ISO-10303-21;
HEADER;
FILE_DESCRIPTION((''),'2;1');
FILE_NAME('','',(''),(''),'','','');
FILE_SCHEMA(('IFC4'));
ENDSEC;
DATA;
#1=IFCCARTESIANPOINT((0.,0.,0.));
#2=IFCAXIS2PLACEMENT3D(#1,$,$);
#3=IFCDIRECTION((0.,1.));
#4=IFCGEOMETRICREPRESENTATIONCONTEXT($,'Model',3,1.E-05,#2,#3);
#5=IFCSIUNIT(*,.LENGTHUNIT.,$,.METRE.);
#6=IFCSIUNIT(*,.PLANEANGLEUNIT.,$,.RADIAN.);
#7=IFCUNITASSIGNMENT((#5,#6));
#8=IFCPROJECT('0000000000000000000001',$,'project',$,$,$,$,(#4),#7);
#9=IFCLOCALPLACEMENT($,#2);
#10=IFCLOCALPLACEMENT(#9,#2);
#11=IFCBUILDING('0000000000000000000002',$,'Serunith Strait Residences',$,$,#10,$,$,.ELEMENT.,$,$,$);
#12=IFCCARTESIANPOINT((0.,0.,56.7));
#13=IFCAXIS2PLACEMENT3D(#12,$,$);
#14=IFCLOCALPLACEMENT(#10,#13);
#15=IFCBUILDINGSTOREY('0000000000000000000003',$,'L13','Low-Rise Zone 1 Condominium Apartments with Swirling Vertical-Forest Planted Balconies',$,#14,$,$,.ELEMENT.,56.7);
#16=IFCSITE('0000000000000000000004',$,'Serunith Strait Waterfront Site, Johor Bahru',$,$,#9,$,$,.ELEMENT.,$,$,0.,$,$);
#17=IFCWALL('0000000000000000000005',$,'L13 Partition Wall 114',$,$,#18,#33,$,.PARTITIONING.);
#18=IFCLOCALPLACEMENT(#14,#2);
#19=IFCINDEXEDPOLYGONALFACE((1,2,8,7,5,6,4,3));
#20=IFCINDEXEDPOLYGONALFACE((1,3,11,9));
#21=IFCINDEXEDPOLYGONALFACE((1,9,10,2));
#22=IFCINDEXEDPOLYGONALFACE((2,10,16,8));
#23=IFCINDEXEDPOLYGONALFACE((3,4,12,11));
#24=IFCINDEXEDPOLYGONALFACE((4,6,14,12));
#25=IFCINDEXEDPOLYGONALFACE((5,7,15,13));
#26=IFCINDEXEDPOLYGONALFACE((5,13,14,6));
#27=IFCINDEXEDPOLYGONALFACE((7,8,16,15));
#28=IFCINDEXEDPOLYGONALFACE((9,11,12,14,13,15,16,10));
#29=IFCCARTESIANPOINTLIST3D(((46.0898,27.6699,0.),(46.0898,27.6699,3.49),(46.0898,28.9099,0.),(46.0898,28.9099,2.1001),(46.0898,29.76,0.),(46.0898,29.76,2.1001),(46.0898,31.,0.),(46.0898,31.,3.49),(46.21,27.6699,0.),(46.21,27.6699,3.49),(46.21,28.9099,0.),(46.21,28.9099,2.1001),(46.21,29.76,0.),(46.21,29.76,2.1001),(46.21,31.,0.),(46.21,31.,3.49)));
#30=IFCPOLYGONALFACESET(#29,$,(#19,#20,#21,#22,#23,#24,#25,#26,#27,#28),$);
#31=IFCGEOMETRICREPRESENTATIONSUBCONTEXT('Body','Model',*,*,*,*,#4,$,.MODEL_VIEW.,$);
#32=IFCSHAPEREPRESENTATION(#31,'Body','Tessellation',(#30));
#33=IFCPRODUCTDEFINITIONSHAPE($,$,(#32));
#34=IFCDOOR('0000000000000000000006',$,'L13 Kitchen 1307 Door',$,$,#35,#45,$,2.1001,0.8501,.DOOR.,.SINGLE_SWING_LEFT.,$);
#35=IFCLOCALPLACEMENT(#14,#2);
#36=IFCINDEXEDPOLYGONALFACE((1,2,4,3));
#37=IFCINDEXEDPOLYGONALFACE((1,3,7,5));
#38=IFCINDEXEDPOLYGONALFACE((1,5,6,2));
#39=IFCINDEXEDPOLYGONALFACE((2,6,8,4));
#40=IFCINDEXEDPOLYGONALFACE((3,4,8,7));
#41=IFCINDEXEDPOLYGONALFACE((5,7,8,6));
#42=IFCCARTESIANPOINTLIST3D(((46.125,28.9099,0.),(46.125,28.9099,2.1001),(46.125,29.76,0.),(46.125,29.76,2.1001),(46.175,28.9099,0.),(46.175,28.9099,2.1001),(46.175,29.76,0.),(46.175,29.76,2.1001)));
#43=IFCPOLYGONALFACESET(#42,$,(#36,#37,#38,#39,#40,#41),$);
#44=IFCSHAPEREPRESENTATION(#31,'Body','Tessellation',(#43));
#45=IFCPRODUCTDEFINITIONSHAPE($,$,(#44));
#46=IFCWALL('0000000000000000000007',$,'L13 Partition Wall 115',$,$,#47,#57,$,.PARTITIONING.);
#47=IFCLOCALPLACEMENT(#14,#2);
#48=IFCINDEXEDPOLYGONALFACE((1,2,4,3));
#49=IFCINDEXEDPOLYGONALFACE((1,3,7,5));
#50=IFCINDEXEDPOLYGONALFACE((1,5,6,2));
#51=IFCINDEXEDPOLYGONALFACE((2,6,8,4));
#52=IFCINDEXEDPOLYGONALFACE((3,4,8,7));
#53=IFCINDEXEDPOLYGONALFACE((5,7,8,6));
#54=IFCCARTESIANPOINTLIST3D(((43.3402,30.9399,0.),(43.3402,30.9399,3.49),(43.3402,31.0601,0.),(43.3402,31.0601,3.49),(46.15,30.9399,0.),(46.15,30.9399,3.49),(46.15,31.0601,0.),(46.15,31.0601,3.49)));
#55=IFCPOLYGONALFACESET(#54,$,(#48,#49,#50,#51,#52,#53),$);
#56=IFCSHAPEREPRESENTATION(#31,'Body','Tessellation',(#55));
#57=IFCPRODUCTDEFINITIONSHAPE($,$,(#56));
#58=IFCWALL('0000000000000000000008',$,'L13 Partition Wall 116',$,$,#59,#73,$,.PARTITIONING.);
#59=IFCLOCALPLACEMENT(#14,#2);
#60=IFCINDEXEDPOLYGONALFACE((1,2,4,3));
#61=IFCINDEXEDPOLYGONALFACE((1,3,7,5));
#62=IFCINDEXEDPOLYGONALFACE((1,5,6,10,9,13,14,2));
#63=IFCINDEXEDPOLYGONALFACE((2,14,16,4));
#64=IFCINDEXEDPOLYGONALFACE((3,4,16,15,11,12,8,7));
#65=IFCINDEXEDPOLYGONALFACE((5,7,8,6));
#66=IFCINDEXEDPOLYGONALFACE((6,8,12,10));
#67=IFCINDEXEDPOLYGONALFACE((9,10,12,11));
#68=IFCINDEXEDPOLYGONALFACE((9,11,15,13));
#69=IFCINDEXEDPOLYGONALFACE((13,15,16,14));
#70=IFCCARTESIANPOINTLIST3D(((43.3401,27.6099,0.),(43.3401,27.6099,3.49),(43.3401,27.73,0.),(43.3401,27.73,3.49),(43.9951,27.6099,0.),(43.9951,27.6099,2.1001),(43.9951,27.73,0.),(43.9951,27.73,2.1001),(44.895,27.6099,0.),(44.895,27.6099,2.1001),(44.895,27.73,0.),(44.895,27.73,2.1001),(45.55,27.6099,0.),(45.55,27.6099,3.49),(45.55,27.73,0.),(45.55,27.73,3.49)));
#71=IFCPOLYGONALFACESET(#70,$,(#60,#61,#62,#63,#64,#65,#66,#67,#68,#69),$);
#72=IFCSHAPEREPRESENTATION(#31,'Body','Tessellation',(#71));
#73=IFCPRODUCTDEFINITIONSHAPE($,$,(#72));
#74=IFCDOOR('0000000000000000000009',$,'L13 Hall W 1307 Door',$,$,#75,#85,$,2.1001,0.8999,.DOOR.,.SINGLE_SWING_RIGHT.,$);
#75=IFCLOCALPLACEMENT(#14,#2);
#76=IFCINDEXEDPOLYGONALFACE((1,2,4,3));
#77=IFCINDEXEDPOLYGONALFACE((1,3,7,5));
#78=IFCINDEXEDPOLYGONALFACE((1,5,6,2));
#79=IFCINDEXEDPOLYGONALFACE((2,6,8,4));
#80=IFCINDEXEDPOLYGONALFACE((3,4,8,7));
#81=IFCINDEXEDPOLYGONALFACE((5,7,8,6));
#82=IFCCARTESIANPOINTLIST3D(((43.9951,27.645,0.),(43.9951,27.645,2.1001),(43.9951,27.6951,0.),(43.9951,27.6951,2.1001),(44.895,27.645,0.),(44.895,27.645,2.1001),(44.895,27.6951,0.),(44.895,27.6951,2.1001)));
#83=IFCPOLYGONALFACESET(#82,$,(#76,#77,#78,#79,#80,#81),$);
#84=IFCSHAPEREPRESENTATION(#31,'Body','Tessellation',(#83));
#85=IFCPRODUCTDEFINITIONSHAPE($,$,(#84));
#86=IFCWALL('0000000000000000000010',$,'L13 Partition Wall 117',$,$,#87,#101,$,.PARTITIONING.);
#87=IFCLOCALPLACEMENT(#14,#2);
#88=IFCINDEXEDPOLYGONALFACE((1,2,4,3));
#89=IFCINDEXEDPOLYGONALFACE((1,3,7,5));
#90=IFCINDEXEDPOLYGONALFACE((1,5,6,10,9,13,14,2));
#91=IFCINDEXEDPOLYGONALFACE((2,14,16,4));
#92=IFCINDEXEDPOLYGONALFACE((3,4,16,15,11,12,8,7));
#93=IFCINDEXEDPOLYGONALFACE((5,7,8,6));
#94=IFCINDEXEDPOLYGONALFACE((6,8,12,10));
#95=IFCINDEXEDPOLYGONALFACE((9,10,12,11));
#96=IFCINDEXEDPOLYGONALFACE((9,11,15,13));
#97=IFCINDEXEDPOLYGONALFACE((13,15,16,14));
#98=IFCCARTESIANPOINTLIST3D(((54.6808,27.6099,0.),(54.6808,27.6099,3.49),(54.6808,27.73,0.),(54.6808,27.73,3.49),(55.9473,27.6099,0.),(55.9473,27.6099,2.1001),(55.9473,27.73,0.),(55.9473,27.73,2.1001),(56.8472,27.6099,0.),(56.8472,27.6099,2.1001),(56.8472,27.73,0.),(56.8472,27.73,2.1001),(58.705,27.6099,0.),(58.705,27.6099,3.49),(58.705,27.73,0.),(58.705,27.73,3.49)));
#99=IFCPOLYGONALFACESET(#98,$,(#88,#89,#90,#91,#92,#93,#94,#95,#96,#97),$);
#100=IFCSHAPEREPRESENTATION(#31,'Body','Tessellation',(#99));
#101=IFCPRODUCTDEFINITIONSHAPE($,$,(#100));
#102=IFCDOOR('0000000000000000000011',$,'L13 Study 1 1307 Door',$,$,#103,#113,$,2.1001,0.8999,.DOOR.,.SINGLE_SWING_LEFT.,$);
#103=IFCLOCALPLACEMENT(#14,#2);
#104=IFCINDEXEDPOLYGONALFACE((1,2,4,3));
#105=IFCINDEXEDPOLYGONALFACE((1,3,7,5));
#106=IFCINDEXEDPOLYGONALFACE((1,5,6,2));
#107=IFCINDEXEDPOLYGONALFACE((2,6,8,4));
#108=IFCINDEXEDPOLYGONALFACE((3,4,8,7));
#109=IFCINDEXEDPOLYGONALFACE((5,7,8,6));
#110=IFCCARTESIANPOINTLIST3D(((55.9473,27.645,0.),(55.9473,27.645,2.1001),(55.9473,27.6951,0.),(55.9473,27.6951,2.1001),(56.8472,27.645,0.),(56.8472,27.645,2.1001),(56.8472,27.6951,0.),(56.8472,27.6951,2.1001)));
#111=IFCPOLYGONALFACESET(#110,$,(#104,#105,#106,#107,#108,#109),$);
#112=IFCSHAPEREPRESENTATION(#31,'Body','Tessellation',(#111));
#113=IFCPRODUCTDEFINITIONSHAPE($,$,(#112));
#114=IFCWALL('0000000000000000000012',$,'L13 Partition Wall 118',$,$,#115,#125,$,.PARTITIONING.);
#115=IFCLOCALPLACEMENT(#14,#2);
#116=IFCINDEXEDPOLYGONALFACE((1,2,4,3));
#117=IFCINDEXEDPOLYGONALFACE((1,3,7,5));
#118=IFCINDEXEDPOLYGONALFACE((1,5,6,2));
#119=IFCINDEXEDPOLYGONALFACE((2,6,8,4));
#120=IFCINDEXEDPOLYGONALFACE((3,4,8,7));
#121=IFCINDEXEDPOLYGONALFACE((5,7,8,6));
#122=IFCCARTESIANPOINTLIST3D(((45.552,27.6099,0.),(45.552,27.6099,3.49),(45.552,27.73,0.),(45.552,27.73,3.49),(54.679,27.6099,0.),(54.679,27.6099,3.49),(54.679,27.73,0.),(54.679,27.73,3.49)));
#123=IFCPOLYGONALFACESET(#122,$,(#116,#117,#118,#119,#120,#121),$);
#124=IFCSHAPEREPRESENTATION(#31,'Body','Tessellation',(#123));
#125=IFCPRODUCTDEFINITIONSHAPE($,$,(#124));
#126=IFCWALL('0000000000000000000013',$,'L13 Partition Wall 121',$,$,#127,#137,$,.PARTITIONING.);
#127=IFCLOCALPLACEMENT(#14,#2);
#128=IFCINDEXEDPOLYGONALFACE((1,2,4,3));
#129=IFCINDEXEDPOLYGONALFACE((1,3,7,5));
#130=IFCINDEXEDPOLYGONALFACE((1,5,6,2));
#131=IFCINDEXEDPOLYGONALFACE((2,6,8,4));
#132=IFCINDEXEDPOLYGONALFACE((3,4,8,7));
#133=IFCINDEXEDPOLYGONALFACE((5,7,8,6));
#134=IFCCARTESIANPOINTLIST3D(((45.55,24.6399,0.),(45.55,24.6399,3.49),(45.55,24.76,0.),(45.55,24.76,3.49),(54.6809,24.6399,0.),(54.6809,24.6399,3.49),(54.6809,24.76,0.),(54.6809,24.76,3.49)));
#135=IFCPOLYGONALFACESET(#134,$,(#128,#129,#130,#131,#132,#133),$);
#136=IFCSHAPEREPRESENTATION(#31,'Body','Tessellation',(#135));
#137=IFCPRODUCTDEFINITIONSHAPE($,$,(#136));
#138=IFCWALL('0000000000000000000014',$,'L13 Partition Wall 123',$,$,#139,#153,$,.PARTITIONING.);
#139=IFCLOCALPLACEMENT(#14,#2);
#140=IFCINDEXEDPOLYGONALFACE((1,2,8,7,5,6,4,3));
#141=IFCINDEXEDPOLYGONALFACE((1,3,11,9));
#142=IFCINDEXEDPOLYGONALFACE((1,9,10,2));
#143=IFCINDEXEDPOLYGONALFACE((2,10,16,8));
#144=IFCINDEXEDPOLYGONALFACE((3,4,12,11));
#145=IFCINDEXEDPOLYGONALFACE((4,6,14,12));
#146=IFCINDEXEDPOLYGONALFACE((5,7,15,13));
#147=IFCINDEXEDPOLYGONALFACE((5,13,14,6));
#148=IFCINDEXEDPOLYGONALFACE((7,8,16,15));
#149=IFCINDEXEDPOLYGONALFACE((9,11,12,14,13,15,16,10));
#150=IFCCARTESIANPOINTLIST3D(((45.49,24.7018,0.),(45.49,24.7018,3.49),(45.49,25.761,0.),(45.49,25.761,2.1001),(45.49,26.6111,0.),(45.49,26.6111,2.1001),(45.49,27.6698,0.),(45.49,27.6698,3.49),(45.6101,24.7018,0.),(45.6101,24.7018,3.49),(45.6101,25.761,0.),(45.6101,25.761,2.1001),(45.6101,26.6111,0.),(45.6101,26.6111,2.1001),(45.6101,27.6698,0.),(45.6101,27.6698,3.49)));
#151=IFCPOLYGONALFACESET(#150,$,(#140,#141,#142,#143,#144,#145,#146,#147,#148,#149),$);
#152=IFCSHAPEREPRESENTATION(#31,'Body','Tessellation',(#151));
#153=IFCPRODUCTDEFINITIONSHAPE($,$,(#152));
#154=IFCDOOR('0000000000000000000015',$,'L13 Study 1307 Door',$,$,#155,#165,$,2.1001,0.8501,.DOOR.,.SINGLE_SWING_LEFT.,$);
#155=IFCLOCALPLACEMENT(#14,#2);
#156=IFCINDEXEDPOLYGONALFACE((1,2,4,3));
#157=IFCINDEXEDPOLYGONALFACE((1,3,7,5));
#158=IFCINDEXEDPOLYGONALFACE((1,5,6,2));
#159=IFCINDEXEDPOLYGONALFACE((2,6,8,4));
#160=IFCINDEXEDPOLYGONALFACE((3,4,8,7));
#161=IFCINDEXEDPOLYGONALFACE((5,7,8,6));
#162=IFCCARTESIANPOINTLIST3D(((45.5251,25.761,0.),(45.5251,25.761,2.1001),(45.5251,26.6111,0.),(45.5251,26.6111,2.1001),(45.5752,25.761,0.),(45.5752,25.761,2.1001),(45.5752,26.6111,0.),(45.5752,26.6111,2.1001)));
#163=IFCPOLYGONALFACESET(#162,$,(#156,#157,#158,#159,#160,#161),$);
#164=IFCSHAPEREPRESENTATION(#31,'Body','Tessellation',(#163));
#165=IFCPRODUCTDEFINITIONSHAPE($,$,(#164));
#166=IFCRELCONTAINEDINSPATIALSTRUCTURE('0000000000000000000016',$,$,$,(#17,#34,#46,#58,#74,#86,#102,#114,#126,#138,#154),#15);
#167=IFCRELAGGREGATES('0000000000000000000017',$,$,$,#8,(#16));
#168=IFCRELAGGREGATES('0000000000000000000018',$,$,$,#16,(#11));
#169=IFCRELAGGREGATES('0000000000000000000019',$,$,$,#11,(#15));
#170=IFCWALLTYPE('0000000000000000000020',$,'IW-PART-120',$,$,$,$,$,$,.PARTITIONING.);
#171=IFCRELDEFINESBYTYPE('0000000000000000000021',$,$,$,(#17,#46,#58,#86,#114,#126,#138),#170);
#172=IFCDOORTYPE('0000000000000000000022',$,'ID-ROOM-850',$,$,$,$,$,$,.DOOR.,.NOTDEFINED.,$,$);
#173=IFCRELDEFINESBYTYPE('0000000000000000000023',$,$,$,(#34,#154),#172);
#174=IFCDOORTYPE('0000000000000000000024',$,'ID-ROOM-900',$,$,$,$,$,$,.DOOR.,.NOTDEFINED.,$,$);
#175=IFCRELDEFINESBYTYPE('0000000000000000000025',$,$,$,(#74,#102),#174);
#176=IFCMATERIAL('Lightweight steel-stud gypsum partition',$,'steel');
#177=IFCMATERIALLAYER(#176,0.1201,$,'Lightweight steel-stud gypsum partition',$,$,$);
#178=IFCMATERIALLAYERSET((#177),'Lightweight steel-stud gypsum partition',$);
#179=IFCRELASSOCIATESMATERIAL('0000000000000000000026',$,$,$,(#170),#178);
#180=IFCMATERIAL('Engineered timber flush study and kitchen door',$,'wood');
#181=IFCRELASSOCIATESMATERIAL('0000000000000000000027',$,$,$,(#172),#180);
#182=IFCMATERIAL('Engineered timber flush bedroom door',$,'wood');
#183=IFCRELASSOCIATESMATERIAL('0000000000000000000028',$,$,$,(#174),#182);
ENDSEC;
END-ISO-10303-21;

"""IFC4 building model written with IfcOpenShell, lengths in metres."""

from ifc_helpers import new_model, si_unit, direction, frame, frame_2d, origin, place, context, subcontext, project, spatial, rectangle, extrude, source, transform, mapped, material, layer, layer_set, type_object, element, fill, save


model = new_model("IFC4")

# Units and contexts
model_context = context("Model", 3, precision=1e-05, world=origin(), true_north=direction((0.0, 1.0)))
body_context = subcontext(model_context, "Body", "Model", "MODEL_VIEW")
ifc_project = project(units=[si_unit("LENGTHUNIT", "METRE"), si_unit("PLANEANGLEUNIT", "RADIAN")], contexts=[model_context])

# Site, building, storey
site_placement = place(None, origin())
site = spatial("IfcSite", under=ifc_project, at=site_placement, Name="Serunith Strait Waterfront Site, Johor Bahru", CompositionType="ELEMENT", RefElevation=0.0)
building_placement = place(site_placement, origin())
building = spatial("IfcBuilding", under=site, at=building_placement, Name="Serunith Strait Residences", CompositionType="ELEMENT")
storey_placement = place(building_placement, frame((0.0, 0.0, 56.7)))
storey = spatial("IfcBuildingStorey", under=building, at=storey_placement, Name="L13", Description="Low-Rise Zone 1 Condominium Apartments with Swirling Vertical-Forest Planted Balconies", CompositionType="ELEMENT", Elevation=56.7)

# Shared definitions
ifc_material_1 = material(Name="Lightweight steel-stud gypsum partition", Category="steel")
ifc_layer_1 = layer(ifc_material_1, 0.1201, Name="Lightweight steel-stud gypsum partition")
ifc_layer_set_1 = layer_set([ifc_layer_1], Name="Lightweight steel-stud gypsum partition")
wall_type_1 = type_object("IfcWallType", Name="IW-PART-120", PredefinedType="PARTITIONING", material=ifc_layer_set_1)

# Wall, opening, door
wall_1_placement = place(storey_placement, frame((46.1499, 27.6699, 0.0), z_axis=(0.0, 0.0, 1.0), x_axis=(0.0, 1.0, 0.0)))
wall_1 = element("IfcWall", 1, at=wall_1_placement, inside=storey, type_object=wall_type_1, Name="L13 Partition Wall 114", PredefinedType="PARTITIONING", context=body_context, shape_type="SweptSolid", body=[
    extrude(rectangle(XDim=3.3301, YDim=0.1201, at=frame_2d((1.665, 0.0))), origin(), (0.0, 0.0, 1.0), 3.49),
])
opening_1_placement = place(wall_1_placement, frame((1.24, 0.0, 0.0)))
opening_1 = element("IfcOpeningElement", 2, at=opening_1_placement, cuts=wall_1, PredefinedType="OPENING", context=body_context, shape_type="SweptSolid", body=[
    extrude(rectangle(XDim=0.8501, YDim=2.1001, at=frame_2d((0.425, 1.05))), frame((0.0, 0.0701, 0.0), z_axis=(0.0, -1.0, 0.0), x_axis=(1.0, 0.0, 0.0)), (0.0, 0.0, 1.0), 0.1401),
])
ifc_material_2 = material(Name="Engineered timber flush study and kitchen door", Category="wood")
door_type_1 = type_object("IfcDoorType", Name="ID-ROOM-850", OperationType="NOTDEFINED", PredefinedType="DOOR", material=ifc_material_2)
shared_shape_1 = source(origin(), body_context, "Body", "SweptSolid", [
    extrude(rectangle(XDim=0.8501, YDim=2.1001, at=frame_2d((0.425, 1.05))), frame((0.0, 0.0249, 0.0), z_axis=(0.0, -1.0, 0.0), x_axis=(1.0, 0.0, 0.0)), (0.0, 0.0, 1.0), 0.05),
])
door_1_placement = place(opening_1_placement, origin())
door_1 = element("IfcDoor", 3, at=door_1_placement, inside=storey, type_object=door_type_1, Name="L13 Kitchen 1307 Door", OperationType="SINGLE_SWING_LEFT", OverallHeight=2.1001, OverallWidth=0.8501, PredefinedType="DOOR", context=body_context, shape_type="MappedRepresentation", body=[
    mapped(shared_shape_1, transform((0.0, 0.0, 0.0), scale=1.0)),
])
fill(opening_1, door_1)

# Wall
wall_2_placement = place(storey_placement, frame((46.1499, 31.0, 0.0), z_axis=(0.0, 0.0, 1.0), x_axis=(-1.0, 0.0, 0.0)))
element("IfcWall", 4, at=wall_2_placement, inside=storey, type_object=wall_type_1, Name="L13 Partition Wall 115", PredefinedType="PARTITIONING", context=body_context, shape_type="SweptSolid", body=[
    extrude(rectangle(XDim=2.8098, YDim=0.1201, at=frame_2d((1.4048, 0.0))), origin(), (0.0, 0.0, 1.0), 3.49),
])

# Walls, openings, doors
wall_3_placement = place(storey_placement, frame((45.55, 27.6699, 0.0), z_axis=(0.0, 0.0, 1.0), x_axis=(-1.0, 0.0, 0.0)))
wall_3 = element("IfcWall", 5, at=wall_3_placement, inside=storey, type_object=wall_type_1, Name="L13 Partition Wall 116", PredefinedType="PARTITIONING", context=body_context, shape_type="SweptSolid", body=[
    extrude(rectangle(XDim=2.21, YDim=0.1201, at=frame_2d((1.105, 0.0))), origin(), (0.0, 0.0, 1.0), 3.49),
])
opening_2_placement = place(wall_3_placement, frame((0.655, 0.0, 0.0)))
opening_2 = element("IfcOpeningElement", 6, at=opening_2_placement, cuts=wall_3, PredefinedType="OPENING", context=body_context, shape_type="SweptSolid", body=[
    extrude(rectangle(XDim=0.8999, YDim=2.1001, at=frame_2d((0.45, 1.05))), frame((0.0, 0.0701, 0.0), z_axis=(0.0, -1.0, 0.0), x_axis=(1.0, 0.0, 0.0)), (0.0, 0.0, 1.0), 0.1401),
])
ifc_material_3 = material(Name="Engineered timber flush bedroom door", Category="wood")
door_type_2 = type_object("IfcDoorType", Name="ID-ROOM-900", OperationType="NOTDEFINED", PredefinedType="DOOR", material=ifc_material_3)
shared_shape_2 = source(origin(), body_context, "Body", "SweptSolid", [
    extrude(rectangle(XDim=0.8999, YDim=2.1001, at=frame_2d((0.45, 1.05))), frame((0.0, 0.0249, 0.0), z_axis=(0.0, -1.0, 0.0), x_axis=(1.0, 0.0, 0.0)), (0.0, 0.0, 1.0), 0.05),
])
door_2_placement = place(opening_2_placement, origin())
door_2 = element("IfcDoor", 7, at=door_2_placement, inside=storey, type_object=door_type_2, Name="L13 Hall W 1307 Door", OperationType="SINGLE_SWING_RIGHT", OverallHeight=2.1001, OverallWidth=0.8999, PredefinedType="DOOR", context=body_context, shape_type="MappedRepresentation", body=[
    mapped(shared_shape_2, transform((0.0, 0.0, 0.0), scale=1.0)),
])
fill(opening_2, door_2)
wall_4_placement = place(storey_placement, frame((58.7051, 27.6699, 0.0), z_axis=(0.0, 0.0, 1.0), x_axis=(-1.0, 0.0, 0.0)))
wall_4 = element("IfcWall", 8, at=wall_4_placement, inside=storey, type_object=wall_type_1, Name="L13 Partition Wall 117", PredefinedType="PARTITIONING", context=body_context, shape_type="SweptSolid", body=[
    extrude(rectangle(XDim=4.0242, YDim=0.1201, at=frame_2d((2.0122, 0.0))), origin(), (0.0, 0.0, 1.0), 3.49),
])
opening_3_placement = place(wall_4_placement, frame((1.8579, 0.0, 0.0)))
opening_3 = element("IfcOpeningElement", 9, at=opening_3_placement, cuts=wall_4, PredefinedType="OPENING", context=body_context, shape_type="SweptSolid", body=[
    extrude(rectangle(XDim=0.8999, YDim=2.1001, at=frame_2d((0.45, 1.05))), frame((0.0, 0.0701, 0.0), z_axis=(0.0, -1.0, 0.0), x_axis=(1.0, 0.0, 0.0)), (0.0, 0.0, 1.0), 0.1401),
])
door_3_placement = place(opening_3_placement, origin())
door_3 = element("IfcDoor", 10, at=door_3_placement, inside=storey, type_object=door_type_2, Name="L13 Study 1 1307 Door", OperationType="SINGLE_SWING_LEFT", OverallHeight=2.1001, OverallWidth=0.8999, PredefinedType="DOOR", context=body_context, shape_type="MappedRepresentation", body=[
    mapped(shared_shape_2, transform((0.0, 0.0, 0.0), scale=1.0)),
])
fill(opening_3, door_3)

# Walls
wall_5_placement = place(storey_placement, frame((54.679, 27.6699, 0.0), z_axis=(0.0, 0.0, 1.0), x_axis=(-1.0, 0.0, 0.0)))
element("IfcWall", 11, at=wall_5_placement, inside=storey, type_object=wall_type_1, Name="L13 Partition Wall 118", PredefinedType="PARTITIONING", context=body_context, shape_type="SweptSolid", body=[
    extrude(rectangle(XDim=9.127, YDim=0.1201, at=frame_2d((4.5635, 0.0))), origin(), (0.0, 0.0, 1.0), 3.49),
])
wall_6_placement = place(storey_placement, frame((54.6809, 24.7, 0.0), z_axis=(0.0, 0.0, 1.0), x_axis=(-1.0, 0.0, 0.0)))
element("IfcWall", 12, at=wall_6_placement, inside=storey, type_object=wall_type_1, Name="L13 Partition Wall 121", PredefinedType="PARTITIONING", context=body_context, shape_type="SweptSolid", body=[
    extrude(rectangle(XDim=9.1309, YDim=0.1201, at=frame_2d((4.5654, 0.0))), origin(), (0.0, 0.0, 1.0), 3.49),
])

# Wall, opening, door
wall_7_placement = place(storey_placement, frame((45.55, 24.7019, 0.0), z_axis=(0.0, 0.0, 1.0), x_axis=(0.0, 1.0, 0.0)))
wall_7 = element("IfcWall", 13, at=wall_7_placement, inside=storey, type_object=wall_type_1, Name="L13 Partition Wall 123", PredefinedType="PARTITIONING", context=body_context, shape_type="SweptSolid", body=[
    extrude(rectangle(XDim=2.968, YDim=0.1201, at=frame_2d((1.4839, 0.0))), origin(), (0.0, 0.0, 1.0), 3.49),
])
opening_4_placement = place(wall_7_placement, frame((1.0591, 0.0, 0.0)))
opening_4 = element("IfcOpeningElement", 14, at=opening_4_placement, cuts=wall_7, PredefinedType="OPENING", context=body_context, shape_type="SweptSolid", body=[
    extrude(rectangle(XDim=0.8501, YDim=2.1001, at=frame_2d((0.425, 1.05))), frame((0.0, 0.0701, 0.0), z_axis=(0.0, -1.0, 0.0), x_axis=(1.0, 0.0, 0.0)), (0.0, 0.0, 1.0), 0.1401),
])
door_4_placement = place(opening_4_placement, origin())
door_4 = element("IfcDoor", 15, at=door_4_placement, inside=storey, type_object=door_type_1, Name="L13 Study 1307 Door", OperationType="SINGLE_SWING_LEFT", OverallHeight=2.1001, OverallWidth=0.8501, PredefinedType="DOOR", context=body_context, shape_type="MappedRepresentation", body=[
    mapped(shared_shape_1, transform((0.0, 0.0, 0.0), scale=1.0)),
])
fill(opening_4, door_4)

save(model, "model.ifc")
